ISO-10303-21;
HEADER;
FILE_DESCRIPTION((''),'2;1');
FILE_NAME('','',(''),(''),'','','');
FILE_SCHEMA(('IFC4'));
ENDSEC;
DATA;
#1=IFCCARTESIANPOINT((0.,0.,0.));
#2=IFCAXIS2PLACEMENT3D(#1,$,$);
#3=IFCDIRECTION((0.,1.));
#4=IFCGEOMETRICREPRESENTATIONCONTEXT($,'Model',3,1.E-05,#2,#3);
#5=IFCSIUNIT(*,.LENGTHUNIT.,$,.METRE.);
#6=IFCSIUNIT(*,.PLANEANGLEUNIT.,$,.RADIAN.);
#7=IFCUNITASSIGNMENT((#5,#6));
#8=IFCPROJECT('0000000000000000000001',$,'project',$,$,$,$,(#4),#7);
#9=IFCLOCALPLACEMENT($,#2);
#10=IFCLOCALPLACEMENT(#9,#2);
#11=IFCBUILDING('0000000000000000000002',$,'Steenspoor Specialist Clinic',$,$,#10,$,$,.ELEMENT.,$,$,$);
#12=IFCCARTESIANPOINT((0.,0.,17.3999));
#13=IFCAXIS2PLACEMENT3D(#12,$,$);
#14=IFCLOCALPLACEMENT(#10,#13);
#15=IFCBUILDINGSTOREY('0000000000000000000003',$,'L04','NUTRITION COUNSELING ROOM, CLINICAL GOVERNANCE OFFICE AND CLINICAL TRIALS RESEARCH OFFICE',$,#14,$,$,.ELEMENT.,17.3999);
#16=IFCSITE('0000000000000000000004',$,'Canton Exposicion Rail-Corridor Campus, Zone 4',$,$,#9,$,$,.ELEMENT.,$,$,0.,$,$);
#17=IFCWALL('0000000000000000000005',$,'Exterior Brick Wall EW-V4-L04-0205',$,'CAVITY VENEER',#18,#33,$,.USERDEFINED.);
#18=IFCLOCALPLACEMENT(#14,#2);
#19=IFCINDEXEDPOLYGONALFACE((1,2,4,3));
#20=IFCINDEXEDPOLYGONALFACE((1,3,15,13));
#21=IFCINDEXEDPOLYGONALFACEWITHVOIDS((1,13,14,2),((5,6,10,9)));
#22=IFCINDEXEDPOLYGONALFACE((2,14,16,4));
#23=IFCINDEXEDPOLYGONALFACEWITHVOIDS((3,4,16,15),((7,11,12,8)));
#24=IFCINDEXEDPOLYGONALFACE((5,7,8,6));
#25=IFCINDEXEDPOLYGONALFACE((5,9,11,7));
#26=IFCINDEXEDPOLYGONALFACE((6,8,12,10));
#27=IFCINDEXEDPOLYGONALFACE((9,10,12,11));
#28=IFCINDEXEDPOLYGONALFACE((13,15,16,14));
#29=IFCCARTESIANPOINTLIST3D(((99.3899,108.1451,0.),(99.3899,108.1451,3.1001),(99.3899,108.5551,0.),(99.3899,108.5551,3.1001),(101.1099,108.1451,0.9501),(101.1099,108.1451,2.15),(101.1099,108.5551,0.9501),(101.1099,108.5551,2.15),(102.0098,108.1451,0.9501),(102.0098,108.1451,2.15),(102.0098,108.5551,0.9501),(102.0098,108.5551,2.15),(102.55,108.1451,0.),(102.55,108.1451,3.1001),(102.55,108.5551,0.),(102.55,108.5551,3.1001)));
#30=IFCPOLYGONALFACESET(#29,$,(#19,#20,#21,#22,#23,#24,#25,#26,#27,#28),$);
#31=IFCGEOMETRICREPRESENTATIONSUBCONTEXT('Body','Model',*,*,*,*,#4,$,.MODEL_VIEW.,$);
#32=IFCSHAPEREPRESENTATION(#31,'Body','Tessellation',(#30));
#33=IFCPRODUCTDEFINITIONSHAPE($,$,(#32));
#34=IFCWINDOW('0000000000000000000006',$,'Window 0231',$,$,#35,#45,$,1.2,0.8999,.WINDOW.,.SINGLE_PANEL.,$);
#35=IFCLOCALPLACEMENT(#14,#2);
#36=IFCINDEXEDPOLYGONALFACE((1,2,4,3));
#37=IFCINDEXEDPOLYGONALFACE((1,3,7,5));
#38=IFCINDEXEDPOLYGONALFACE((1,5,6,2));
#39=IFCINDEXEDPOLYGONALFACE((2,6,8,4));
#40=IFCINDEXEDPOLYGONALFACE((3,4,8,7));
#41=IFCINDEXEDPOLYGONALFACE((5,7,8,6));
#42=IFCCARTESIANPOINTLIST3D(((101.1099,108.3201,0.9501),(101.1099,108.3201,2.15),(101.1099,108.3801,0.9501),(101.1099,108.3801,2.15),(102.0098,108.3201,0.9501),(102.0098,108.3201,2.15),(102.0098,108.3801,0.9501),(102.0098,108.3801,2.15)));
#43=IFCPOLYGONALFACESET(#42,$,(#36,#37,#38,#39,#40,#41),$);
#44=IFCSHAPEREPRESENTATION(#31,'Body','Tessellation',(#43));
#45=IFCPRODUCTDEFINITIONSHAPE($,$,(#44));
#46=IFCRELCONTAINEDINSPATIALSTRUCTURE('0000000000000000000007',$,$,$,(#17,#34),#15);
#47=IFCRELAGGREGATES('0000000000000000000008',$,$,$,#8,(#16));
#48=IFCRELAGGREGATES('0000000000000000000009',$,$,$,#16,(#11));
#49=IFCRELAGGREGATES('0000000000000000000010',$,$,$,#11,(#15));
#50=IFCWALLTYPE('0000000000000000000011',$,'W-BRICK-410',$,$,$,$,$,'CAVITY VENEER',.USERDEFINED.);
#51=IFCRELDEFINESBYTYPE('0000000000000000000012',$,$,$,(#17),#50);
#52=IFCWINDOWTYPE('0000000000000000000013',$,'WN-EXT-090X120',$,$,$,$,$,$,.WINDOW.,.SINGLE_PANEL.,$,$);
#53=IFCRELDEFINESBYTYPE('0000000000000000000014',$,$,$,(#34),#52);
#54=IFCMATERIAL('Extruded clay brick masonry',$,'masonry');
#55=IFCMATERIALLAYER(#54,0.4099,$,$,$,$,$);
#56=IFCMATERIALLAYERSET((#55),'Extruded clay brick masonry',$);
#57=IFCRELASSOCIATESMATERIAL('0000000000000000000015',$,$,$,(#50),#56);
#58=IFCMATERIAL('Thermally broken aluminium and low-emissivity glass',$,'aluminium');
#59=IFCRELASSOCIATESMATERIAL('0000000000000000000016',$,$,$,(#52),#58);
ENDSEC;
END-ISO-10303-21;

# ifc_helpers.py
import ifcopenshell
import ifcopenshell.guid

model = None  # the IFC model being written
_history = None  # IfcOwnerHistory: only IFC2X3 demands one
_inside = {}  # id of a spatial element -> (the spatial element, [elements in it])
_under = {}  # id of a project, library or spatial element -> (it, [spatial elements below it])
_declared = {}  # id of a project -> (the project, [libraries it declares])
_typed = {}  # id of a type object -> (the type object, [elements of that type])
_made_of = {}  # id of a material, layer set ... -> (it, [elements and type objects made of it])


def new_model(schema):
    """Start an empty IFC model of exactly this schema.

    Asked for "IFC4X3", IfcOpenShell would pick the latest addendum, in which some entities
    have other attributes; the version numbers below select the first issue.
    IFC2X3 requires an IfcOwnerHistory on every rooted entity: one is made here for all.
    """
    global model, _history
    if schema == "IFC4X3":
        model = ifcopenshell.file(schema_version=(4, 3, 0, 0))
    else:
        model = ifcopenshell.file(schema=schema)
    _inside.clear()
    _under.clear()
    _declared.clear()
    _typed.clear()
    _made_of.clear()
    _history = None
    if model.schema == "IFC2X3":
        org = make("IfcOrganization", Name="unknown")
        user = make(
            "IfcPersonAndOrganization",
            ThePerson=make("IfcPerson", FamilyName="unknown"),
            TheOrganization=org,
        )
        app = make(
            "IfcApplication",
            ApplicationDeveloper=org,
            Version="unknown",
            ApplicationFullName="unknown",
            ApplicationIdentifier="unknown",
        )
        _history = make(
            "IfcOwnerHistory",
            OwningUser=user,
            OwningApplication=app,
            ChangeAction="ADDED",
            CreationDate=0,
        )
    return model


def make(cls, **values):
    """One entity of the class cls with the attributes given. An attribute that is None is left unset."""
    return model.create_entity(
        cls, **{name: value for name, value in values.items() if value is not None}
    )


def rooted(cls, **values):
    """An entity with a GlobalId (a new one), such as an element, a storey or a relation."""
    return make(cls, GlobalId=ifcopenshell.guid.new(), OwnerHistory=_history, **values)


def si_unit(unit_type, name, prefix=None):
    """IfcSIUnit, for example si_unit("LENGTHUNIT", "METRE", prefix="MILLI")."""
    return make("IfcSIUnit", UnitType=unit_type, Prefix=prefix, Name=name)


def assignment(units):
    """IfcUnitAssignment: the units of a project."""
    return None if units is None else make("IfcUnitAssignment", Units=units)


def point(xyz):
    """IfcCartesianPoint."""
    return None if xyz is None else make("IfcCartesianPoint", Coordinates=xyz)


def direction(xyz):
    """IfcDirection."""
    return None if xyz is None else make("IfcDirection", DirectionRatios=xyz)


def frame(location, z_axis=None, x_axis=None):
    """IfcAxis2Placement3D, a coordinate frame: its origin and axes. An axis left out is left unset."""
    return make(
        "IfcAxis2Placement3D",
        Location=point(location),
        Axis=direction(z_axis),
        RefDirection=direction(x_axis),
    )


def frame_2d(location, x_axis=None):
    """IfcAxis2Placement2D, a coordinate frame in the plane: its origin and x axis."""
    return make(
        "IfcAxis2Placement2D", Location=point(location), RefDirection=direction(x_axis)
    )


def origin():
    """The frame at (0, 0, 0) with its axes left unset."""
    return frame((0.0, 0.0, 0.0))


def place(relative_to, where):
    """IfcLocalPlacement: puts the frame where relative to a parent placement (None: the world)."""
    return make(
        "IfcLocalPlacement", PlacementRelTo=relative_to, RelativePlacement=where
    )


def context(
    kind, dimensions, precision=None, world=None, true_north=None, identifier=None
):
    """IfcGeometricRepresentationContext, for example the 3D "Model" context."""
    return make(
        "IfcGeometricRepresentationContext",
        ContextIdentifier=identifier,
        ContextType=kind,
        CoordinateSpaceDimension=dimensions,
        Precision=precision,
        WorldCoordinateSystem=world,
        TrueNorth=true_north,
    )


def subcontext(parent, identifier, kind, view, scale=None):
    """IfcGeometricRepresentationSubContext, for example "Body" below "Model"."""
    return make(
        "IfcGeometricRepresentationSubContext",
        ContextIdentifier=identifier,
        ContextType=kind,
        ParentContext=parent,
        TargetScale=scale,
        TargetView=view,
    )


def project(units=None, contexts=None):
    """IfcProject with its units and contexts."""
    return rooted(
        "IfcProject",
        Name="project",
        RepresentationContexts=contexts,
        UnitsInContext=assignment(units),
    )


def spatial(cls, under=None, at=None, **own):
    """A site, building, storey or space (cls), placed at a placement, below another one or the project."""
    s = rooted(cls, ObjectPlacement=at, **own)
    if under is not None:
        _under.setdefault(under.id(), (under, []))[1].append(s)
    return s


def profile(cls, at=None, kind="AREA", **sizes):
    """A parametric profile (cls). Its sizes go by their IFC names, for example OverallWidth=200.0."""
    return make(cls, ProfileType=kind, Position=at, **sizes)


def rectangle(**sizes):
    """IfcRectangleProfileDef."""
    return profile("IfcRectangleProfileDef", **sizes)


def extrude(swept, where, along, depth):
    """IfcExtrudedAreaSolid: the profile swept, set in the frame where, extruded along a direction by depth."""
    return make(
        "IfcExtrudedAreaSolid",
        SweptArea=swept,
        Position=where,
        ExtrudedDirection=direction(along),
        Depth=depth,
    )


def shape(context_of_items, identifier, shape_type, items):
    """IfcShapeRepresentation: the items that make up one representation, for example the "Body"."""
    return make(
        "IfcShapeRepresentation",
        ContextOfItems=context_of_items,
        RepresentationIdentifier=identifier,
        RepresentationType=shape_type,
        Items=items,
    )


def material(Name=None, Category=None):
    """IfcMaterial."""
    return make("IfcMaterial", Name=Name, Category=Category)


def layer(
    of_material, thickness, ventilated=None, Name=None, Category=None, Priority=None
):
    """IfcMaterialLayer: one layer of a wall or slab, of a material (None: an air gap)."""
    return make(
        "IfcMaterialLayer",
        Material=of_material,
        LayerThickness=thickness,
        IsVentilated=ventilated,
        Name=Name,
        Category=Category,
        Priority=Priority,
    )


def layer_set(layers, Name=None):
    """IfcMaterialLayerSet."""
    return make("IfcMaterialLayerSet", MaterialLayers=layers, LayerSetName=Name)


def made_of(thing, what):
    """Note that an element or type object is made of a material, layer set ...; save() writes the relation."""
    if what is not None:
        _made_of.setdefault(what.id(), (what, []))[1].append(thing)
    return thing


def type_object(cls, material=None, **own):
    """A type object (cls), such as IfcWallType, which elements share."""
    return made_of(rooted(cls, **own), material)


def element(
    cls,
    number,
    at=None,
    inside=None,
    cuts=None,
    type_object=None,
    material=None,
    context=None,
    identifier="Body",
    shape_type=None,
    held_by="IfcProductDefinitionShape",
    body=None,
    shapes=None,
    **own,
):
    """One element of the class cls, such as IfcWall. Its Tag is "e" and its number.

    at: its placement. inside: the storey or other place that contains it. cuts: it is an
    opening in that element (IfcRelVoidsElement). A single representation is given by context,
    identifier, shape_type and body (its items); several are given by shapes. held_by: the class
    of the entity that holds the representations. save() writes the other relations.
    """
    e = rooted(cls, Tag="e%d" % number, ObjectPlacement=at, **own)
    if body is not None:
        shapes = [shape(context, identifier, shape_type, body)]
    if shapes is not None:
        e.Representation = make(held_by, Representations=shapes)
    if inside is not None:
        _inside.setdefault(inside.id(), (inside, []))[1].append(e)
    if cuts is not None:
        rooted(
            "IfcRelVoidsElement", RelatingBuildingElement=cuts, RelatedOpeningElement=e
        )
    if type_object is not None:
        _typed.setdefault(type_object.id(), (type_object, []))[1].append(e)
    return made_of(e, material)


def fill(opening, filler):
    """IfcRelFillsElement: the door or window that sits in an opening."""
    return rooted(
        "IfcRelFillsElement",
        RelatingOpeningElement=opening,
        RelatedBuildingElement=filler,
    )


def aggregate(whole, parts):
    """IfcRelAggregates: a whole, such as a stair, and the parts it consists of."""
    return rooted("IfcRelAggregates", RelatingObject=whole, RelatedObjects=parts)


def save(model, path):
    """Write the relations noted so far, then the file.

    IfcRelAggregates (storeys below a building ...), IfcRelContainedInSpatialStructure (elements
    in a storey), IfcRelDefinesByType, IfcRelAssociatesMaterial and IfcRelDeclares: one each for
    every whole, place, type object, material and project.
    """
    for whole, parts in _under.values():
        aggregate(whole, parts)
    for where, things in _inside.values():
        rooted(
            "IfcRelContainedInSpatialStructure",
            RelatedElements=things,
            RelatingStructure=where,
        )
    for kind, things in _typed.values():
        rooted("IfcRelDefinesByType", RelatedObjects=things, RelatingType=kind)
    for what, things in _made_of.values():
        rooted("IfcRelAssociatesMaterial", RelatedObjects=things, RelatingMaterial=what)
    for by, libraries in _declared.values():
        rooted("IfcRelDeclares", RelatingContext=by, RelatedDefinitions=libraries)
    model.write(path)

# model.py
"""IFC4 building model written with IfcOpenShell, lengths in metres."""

from ifc_helpers import new_model, si_unit, direction, frame, frame_2d, origin, place, context, subcontext, project, spatial, rectangle, extrude, material, layer, layer_set, type_object, element, fill, save


model = new_model("IFC4")

# Units and contexts
model_context = context("Model", 3, precision=1e-05, world=origin(), true_north=direction((0.0, 1.0)))
body_context = subcontext(model_context, "Body", "Model", "MODEL_VIEW")
ifc_project = project(units=[si_unit("LENGTHUNIT", "METRE"), si_unit("PLANEANGLEUNIT", "RADIAN")], contexts=[model_context])

# Site, building, storey
site_placement = place(None, origin())
site = spatial("IfcSite", under=ifc_project, at=site_placement, Name="Canton Exposicion Rail-Corridor Campus, Zone 4", CompositionType="ELEMENT", RefElevation=0.0)
building_placement = place(site_placement, origin())
building = spatial("IfcBuilding", under=site, at=building_placement, Name="Steenspoor Specialist Clinic", CompositionType="ELEMENT")
storey_placement = place(building_placement, frame((0.0, 0.0, 17.3999)))
storey = spatial("IfcBuildingStorey", under=building, at=storey_placement, Name="L04", Description="NUTRITION COUNSELING ROOM, CLINICAL GOVERNANCE OFFICE AND CLINICAL TRIALS RESEARCH OFFICE", CompositionType="ELEMENT", Elevation=17.3999)

# Shared definitions
ifc_material_1 = material(Name="Thermally broken aluminium and low-emissivity glass", Category="aluminium")

# Wall, opening, window
ifc_material_2 = material(Name="Extruded clay brick masonry", Category="masonry")
ifc_layer_1 = layer(ifc_material_2, 0.4099)
ifc_layer_set_1 = layer_set([ifc_layer_1], Name="Extruded clay brick masonry")
wall_type = type_object("IfcWallType", Name="W-BRICK-410", ElementType="CAVITY VENEER", PredefinedType="USERDEFINED", material=ifc_layer_set_1)
wall_placement = place(storey_placement, frame((99.3899, 108.3501, 0.0), z_axis=(0.0, 0.0, 1.0), x_axis=(1.0, 0.0, 0.0)))
wall = element("IfcWall", 1, at=wall_placement, inside=storey, type_object=wall_type, Name="Exterior Brick Wall EW-V4-L04-0205", ObjectType="CAVITY VENEER", PredefinedType="USERDEFINED", context=body_context, shape_type="SweptSolid", body=[
    extrude(rectangle(XDim=3.1602, YDim=0.4099, at=frame_2d((1.5801, 0.0))), origin(), (0.0, 0.0, 1.0), 3.1001),
])
opening_placement = place(wall_placement, frame((1.72, 0.0, 0.95)))
opening = element("IfcOpeningElement", 2, at=opening_placement, cuts=wall, PredefinedType="OPENING", context=body_context, shape_type="SweptSolid", body=[
    extrude(rectangle(XDim=0.8999, YDim=1.2, at=frame_2d((0.45, 0.6001))), frame((0.0, 0.2148, 0.0), z_axis=(0.0, -1.0, 0.0), x_axis=(1.0, 0.0, 0.0)), (0.0, 0.0, 1.0), 0.4299),
])
window_type = type_object("IfcWindowType", Name="WN-EXT-090X120", PartitioningType="SINGLE_PANEL", PredefinedType="WINDOW", material=ifc_material_1)
window_placement = place(opening_placement, origin())
window = element("IfcWindow", 3, at=window_placement, inside=storey, type_object=window_type, Name="Window 0231", OverallHeight=1.2, OverallWidth=0.8999, PartitioningType="SINGLE_PANEL", PredefinedType="WINDOW", context=body_context, shape_type="SweptSolid", body=[
    extrude(rectangle(XDim=0.8999, YDim=1.2, at=frame_2d((0.45, 0.6001))), frame((0.0, 0.03, 0.0), z_axis=(0.0, -1.0, 0.0), x_axis=(1.0, 0.0, 0.0)), (0.0, 0.0, 1.0), 0.0601),
])
fill(opening, window)

save(model, "model.ifc")
